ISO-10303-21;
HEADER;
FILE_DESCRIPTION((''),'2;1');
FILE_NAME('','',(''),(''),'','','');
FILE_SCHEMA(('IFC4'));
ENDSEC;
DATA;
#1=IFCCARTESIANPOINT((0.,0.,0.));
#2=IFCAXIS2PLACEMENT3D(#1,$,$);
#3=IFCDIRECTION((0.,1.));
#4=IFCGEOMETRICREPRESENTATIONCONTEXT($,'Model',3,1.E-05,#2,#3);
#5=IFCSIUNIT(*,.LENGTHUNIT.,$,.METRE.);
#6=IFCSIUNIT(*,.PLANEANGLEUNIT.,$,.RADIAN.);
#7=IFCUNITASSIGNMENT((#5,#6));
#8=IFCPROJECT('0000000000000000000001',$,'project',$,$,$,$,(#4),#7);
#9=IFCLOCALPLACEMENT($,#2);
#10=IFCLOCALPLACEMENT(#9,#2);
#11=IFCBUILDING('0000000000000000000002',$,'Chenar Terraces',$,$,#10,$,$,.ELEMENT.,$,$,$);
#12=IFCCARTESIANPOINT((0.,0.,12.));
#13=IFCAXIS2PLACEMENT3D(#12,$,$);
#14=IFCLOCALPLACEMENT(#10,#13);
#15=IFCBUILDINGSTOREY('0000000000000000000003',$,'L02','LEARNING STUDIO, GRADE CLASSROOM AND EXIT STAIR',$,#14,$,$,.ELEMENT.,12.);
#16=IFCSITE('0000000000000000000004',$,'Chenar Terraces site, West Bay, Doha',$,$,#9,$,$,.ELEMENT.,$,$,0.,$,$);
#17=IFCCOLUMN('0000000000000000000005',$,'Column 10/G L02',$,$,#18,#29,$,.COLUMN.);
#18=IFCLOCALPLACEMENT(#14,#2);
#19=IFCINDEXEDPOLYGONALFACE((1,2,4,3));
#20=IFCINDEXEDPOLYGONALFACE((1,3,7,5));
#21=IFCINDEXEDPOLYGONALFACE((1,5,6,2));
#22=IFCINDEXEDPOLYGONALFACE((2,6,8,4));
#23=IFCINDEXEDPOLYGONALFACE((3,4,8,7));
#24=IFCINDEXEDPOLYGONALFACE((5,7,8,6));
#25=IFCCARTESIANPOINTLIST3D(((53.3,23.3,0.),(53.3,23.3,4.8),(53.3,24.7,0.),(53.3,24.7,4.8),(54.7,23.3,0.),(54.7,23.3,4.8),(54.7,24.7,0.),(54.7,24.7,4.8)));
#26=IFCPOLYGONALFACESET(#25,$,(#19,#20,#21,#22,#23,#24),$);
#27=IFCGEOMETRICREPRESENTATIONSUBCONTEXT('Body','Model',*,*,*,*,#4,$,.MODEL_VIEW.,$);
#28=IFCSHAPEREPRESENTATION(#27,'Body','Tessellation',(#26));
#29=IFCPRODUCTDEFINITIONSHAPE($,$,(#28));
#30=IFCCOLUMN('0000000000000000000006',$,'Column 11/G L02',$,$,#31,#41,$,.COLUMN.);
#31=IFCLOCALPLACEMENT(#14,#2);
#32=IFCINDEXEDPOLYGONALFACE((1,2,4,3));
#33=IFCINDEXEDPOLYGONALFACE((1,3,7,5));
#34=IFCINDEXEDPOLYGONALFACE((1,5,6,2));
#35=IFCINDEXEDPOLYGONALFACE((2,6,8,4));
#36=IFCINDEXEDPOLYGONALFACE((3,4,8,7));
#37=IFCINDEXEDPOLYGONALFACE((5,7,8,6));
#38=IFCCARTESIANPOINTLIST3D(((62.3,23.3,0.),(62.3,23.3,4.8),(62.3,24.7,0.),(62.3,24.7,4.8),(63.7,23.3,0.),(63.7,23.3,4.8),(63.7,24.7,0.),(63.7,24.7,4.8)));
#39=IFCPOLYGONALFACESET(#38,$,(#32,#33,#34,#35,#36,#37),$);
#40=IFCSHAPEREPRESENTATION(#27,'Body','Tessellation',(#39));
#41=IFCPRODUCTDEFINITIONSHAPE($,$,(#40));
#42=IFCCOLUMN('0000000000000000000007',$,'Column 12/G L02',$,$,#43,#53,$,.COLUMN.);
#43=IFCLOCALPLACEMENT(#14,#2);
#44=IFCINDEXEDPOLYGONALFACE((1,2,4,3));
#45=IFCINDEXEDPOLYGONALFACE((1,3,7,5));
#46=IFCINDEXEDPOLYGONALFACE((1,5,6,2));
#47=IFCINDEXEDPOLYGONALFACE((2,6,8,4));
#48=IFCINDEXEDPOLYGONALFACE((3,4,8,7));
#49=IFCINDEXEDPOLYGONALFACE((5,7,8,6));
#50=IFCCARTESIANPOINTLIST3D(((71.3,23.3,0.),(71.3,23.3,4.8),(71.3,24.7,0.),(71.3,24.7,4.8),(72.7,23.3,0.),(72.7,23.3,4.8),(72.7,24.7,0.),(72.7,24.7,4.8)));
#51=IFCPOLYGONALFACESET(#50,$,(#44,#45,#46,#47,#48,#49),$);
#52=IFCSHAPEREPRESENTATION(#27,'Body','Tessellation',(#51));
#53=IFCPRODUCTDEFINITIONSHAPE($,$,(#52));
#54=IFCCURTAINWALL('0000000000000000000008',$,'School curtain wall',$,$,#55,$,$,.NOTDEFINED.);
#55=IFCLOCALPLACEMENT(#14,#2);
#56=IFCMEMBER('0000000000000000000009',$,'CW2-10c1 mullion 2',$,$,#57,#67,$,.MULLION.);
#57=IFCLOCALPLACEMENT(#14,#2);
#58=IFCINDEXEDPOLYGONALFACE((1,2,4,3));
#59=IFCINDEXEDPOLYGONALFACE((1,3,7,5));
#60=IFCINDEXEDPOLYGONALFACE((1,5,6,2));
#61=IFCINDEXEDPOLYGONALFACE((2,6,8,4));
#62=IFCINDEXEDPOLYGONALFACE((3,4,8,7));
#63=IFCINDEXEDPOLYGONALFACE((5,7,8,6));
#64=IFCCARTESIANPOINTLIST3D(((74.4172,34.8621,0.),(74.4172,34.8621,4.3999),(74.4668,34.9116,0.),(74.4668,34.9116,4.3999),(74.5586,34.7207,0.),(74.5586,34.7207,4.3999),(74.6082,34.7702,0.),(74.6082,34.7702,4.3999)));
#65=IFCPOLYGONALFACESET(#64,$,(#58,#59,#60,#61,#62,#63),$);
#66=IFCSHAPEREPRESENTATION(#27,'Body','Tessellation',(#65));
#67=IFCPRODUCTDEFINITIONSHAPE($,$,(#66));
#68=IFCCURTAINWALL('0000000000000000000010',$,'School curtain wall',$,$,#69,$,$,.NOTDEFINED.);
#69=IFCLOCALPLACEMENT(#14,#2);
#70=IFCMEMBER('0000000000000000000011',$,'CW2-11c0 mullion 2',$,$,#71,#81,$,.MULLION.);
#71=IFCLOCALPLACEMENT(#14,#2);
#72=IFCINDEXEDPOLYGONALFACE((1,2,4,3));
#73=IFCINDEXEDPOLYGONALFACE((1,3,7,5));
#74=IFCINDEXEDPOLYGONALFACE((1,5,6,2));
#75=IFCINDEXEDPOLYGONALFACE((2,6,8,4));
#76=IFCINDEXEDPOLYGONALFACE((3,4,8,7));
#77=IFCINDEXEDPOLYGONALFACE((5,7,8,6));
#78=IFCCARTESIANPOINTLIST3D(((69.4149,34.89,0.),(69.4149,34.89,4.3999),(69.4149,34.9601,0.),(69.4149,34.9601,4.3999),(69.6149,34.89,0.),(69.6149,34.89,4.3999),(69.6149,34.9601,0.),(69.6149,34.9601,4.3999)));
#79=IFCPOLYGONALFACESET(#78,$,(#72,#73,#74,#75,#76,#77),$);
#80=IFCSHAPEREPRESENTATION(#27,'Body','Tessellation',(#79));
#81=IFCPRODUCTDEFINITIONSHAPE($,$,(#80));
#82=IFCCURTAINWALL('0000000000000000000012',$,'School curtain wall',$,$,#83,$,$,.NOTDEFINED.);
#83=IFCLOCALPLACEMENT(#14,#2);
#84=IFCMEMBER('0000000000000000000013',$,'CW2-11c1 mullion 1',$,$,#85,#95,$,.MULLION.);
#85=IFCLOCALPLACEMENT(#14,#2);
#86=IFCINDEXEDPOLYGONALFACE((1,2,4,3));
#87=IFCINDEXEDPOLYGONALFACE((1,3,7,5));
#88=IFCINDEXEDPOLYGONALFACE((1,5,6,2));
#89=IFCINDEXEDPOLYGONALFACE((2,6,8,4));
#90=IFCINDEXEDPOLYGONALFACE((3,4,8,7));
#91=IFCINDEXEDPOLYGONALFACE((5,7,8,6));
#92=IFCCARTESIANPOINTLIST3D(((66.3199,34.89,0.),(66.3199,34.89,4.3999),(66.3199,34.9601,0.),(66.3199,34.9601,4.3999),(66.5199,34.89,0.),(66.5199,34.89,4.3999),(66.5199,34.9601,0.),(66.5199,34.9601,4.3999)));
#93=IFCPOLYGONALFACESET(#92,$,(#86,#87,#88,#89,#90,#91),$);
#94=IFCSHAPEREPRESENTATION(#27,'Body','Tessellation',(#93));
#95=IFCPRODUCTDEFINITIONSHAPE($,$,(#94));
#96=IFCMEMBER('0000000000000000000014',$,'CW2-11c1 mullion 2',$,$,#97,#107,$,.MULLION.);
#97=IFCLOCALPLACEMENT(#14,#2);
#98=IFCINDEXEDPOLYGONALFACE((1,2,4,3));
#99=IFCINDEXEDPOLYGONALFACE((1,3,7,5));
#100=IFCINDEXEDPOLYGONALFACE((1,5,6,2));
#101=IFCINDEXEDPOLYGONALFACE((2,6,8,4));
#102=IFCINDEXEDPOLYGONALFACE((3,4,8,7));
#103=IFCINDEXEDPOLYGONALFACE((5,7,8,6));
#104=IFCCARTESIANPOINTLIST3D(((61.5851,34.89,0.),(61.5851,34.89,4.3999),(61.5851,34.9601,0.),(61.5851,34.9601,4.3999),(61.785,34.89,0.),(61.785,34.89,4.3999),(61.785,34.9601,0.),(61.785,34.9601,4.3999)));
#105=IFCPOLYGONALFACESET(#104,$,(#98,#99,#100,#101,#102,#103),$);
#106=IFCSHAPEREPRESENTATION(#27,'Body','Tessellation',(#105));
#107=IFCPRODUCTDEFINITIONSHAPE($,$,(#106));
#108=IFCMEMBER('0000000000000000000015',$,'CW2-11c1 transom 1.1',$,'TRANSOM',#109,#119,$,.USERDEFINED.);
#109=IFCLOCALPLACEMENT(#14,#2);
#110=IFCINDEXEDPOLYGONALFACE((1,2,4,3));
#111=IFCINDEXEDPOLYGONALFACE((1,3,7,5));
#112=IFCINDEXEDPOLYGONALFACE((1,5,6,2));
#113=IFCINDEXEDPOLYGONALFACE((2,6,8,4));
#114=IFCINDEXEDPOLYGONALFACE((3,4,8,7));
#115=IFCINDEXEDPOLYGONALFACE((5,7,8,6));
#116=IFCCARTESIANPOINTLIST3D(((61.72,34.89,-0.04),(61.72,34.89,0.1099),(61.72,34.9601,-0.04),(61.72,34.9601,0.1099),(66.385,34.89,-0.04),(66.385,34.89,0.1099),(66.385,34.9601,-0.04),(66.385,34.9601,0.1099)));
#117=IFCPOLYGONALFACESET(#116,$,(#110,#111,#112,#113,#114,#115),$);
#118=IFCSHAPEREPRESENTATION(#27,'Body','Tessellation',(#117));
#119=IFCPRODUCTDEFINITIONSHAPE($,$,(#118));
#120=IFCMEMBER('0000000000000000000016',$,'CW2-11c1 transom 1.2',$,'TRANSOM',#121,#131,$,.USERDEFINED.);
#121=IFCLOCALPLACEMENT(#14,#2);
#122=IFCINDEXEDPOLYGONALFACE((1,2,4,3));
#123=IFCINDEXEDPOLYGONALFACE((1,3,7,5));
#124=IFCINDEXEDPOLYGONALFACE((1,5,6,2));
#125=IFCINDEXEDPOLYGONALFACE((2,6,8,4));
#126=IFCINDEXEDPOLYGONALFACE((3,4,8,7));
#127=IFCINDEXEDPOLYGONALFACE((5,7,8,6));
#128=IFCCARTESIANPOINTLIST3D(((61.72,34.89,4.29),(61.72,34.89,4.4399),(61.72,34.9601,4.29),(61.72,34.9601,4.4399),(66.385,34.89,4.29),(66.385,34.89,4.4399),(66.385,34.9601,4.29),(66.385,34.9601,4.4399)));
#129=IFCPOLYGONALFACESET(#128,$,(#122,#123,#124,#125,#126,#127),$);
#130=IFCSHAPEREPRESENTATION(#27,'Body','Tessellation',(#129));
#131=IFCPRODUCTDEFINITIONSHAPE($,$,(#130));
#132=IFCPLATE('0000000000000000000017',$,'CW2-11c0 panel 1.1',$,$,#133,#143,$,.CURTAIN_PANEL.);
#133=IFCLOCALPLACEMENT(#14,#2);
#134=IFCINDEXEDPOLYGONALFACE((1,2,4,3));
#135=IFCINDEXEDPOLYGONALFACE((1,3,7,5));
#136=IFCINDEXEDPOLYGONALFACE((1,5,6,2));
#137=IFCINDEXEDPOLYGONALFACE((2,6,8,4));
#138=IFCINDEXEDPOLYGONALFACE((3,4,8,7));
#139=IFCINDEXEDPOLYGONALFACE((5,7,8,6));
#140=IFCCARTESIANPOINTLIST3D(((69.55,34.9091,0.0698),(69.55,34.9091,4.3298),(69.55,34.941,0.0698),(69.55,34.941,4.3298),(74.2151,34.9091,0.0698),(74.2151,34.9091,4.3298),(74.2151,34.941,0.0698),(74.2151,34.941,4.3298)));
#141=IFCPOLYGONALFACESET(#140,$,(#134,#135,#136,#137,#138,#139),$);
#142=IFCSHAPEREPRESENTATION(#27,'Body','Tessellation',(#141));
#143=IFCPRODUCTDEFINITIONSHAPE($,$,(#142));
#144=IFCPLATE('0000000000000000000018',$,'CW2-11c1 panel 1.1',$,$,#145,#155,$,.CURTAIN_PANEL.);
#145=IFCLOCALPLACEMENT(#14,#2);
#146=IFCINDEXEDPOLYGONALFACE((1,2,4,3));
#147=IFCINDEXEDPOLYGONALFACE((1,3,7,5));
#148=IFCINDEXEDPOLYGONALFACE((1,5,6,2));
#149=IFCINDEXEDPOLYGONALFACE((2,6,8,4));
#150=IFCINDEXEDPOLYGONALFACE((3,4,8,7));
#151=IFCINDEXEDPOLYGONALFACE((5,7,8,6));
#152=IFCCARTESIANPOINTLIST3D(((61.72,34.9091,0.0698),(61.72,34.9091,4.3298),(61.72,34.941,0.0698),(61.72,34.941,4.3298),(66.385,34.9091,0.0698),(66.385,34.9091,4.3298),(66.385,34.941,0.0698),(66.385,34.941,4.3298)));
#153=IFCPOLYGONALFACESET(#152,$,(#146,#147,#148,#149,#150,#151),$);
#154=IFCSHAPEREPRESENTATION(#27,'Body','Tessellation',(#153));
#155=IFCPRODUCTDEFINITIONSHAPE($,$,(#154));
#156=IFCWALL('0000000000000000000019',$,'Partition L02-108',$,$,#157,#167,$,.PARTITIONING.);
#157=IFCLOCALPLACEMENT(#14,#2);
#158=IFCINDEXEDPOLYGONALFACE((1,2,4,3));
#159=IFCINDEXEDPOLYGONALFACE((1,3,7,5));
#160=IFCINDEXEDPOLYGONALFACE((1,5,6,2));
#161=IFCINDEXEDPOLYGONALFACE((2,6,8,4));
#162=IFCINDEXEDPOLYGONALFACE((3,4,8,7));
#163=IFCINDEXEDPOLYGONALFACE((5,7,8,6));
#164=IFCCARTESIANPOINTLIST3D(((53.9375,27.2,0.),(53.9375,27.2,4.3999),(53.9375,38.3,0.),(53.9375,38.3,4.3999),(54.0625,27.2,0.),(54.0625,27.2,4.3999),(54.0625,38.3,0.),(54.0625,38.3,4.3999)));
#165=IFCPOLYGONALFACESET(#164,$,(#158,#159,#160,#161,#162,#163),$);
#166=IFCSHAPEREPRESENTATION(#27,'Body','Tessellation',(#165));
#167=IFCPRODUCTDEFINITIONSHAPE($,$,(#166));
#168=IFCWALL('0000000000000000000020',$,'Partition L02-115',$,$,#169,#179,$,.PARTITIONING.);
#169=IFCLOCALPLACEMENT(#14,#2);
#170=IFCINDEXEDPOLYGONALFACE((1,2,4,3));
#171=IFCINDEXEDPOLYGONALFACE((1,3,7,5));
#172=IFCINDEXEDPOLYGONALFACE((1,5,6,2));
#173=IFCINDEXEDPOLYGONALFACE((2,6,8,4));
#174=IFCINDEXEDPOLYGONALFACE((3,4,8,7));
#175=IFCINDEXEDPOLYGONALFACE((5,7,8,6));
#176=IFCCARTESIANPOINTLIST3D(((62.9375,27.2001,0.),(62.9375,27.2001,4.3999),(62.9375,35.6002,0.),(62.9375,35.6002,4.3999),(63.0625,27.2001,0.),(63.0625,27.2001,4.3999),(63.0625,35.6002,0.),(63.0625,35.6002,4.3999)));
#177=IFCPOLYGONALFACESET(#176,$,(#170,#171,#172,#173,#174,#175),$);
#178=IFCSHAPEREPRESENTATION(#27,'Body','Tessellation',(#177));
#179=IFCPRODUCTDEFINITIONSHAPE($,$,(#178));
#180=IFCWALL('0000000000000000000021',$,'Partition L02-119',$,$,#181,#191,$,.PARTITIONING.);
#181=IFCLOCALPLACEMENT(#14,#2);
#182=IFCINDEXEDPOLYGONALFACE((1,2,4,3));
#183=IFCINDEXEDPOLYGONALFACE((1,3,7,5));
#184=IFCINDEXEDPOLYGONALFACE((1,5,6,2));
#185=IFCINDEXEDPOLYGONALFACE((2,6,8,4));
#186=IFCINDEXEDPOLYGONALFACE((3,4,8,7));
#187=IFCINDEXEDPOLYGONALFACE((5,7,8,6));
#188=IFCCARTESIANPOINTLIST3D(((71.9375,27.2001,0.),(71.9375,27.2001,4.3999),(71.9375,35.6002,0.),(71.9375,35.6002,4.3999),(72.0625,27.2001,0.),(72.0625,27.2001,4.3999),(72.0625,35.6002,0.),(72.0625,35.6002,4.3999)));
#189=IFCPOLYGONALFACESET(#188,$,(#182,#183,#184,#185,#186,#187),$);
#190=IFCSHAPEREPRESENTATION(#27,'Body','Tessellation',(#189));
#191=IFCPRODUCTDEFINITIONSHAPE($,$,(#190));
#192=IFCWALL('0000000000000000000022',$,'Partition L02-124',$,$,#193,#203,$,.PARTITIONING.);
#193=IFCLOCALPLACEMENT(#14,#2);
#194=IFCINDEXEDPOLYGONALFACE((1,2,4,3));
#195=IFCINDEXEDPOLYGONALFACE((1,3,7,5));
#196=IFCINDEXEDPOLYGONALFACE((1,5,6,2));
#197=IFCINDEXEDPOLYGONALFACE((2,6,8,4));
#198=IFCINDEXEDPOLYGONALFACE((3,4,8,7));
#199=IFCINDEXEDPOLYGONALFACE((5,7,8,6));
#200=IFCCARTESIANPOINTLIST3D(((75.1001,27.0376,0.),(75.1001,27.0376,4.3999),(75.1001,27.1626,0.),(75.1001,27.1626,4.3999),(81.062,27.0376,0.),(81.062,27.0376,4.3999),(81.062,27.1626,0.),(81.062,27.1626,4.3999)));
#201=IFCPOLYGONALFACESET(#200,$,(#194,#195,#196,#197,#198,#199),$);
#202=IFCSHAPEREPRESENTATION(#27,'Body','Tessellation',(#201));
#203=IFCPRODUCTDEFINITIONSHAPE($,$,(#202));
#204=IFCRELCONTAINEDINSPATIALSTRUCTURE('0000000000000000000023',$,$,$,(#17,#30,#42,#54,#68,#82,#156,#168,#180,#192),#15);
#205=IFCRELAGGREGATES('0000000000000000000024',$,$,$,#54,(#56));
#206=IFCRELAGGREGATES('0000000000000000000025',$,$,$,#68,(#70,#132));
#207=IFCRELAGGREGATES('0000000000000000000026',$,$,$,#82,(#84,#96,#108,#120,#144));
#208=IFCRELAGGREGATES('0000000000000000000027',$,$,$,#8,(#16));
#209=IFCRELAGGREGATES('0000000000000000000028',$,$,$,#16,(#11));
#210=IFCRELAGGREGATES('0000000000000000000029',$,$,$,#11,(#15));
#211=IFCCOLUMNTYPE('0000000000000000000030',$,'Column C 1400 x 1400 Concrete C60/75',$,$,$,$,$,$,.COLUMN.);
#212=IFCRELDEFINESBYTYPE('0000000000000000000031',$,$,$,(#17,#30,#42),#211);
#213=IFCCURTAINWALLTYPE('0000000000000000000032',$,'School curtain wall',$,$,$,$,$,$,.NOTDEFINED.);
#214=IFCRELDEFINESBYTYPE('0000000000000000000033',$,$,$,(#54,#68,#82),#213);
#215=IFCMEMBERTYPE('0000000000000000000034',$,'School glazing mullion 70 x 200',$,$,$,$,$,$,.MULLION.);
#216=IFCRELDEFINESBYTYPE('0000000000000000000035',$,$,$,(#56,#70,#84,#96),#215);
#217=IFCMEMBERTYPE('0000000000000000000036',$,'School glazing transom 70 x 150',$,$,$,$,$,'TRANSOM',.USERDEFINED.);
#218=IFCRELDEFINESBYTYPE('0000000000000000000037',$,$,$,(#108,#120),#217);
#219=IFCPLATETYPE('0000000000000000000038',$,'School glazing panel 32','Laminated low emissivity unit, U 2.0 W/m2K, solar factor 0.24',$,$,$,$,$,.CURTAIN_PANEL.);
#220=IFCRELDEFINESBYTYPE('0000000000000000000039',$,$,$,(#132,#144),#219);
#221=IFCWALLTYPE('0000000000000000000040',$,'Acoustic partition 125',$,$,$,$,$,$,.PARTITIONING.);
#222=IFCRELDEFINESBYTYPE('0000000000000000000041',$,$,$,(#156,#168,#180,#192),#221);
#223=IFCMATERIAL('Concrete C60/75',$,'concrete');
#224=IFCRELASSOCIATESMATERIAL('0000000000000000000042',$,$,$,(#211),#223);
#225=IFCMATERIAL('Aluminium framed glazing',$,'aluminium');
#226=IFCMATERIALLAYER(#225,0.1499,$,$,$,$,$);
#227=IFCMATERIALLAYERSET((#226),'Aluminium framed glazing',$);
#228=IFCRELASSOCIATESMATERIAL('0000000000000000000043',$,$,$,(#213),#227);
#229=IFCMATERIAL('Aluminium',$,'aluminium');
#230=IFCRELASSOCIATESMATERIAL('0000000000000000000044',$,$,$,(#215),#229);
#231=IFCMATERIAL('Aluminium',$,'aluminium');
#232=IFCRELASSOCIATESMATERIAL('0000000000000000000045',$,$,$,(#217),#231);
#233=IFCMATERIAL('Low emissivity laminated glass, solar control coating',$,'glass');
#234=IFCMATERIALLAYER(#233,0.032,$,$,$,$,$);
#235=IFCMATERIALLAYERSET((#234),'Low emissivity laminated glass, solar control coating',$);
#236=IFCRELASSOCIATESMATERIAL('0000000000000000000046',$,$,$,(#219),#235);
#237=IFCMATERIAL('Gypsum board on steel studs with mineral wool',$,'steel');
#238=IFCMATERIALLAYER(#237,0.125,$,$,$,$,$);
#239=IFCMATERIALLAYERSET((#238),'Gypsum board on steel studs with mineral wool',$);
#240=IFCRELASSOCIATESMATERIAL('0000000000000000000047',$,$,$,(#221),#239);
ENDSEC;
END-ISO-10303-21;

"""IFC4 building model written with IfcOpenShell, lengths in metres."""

from ifc_helpers import new_model, si_unit, direction, frame, frame_2d, origin, origin_2d, place, context, subcontext, project, spatial, rectangle, extrude, material, layer, layer_set, material_profile, profile_set, type_object, element, aggregate, save


model = new_model("IFC4")

# Units and contexts
model_context = context("Model", 3, precision=1e-05, world=origin(), true_north=direction((0.0, 1.0)))
body_context = subcontext(model_context, "Body", "Model", "MODEL_VIEW")
ifc_project = project(units=[si_unit("LENGTHUNIT", "METRE"), si_unit("PLANEANGLEUNIT", "RADIAN")], contexts=[model_context])

# Site, building, storey
site_placement = place(None, origin())
site = spatial("IfcSite", under=ifc_project, at=site_placement, Name="Chenar Terraces site, West Bay, Doha", CompositionType="ELEMENT", RefElevation=0.0)
building_placement = place(site_placement, origin())
building = spatial("IfcBuilding", under=site, at=building_placement, Name="Chenar Terraces", CompositionType="ELEMENT")
storey_placement = place(building_placement, frame((0.0, 0.0, 12.0)))
storey = spatial("IfcBuildingStorey", under=building, at=storey_placement, Name="L02", Description="LEARNING STUDIO, GRADE CLASSROOM AND EXIT STAIR", CompositionType="ELEMENT", Elevation=12.0)

# Columns
ifc_material_1 = material(Name="Concrete C60/75", Category="concrete")
ifc_material_profile_1 = material_profile(ifc_material_1, rectangle(XDim=1.3999, YDim=1.3999, at=origin_2d()), Name="C 1400 x 1400")
ifc_profile_set_1 = profile_set([ifc_material_profile_1], Name="Concrete C60/75")
column_type = type_object("IfcColumnType", Name="Column C 1400 x 1400 Concrete C60/75", PredefinedType="COLUMN", material=ifc_profile_set_1)
for number, where, z_axis, x_axis, name in (
    (1, (54.0, 24.0, 0.0), (0.0, 0.0, 1.0), (1.0, 0.0, 0.0), "Column 10/G L02"),
    (2, (63.0, 24.0, 0.0), (0.0, 0.0, 1.0), (1.0, 0.0, 0.0), "Column 11/G L02"),
    (3, (72.0, 24.0, 0.0), (0.0, 0.0, 1.0), (1.0, 0.0, 0.0), "Column 12/G L02"),
):
    element("IfcColumn", number, at=place(storey_placement, frame(where, z_axis=z_axis, x_axis=x_axis)), inside=storey, type_object=column_type, Name=name, PredefinedType="COLUMN", context=body_context, shape_type="SweptSolid", body=[
        extrude(rectangle(XDim=1.3999, YDim=1.3999, at=origin_2d()), origin(), (0.0, 0.0, 1.0), 4.8),
    ])

# Curtain walls, members
ifc_material_2 = material(Name="Aluminium framed glazing", Category="aluminium")
ifc_layer_1 = layer(ifc_material_2, 0.1499)
ifc_layer_set_1 = layer_set([ifc_layer_1], Name="Aluminium framed glazing")
curtain_wall_type = type_object("IfcCurtainWallType", Name="School curtain wall", PredefinedType="NOTDEFINED", material=ifc_layer_set_1)
placement = place(storey_placement, origin())
curtain_wall_1 = element("IfcCurtainWall", 4, at=placement, inside=storey, type_object=curtain_wall_type, Name="School curtain wall", PredefinedType="NOTDEFINED")
ifc_material_3 = material(Name="Aluminium", Category="aluminium")
ifc_material_profile_2 = material_profile(ifc_material_3, rectangle(XDim=0.0701, YDim=0.2, at=origin_2d()), Name="School glazing mullion 70 x 200")
ifc_profile_set_2 = profile_set([ifc_material_profile_2], Name="Aluminium")
member_type_1 = type_object("IfcMemberType", Name="School glazing mullion 70 x 200", PredefinedType="MULLION", material=ifc_profile_set_2)
member_1_placement = place(storey_placement, frame((74.5127, 34.8162, 0.0), z_axis=(0.0, 0.0, 1.0), x_axis=(-0.707107, -0.707107, 0.0)))
member_1 = element("IfcMember", 5, at=member_1_placement, type_object=member_type_1, Name="CW2-10c1 mullion 2", PredefinedType="MULLION", context=body_context, shape_type="SweptSolid", body=[
    extrude(rectangle(XDim=0.0701, YDim=0.2, at=origin_2d()), origin(), (0.0, 0.0, 1.0), 4.3999),
])
aggregate(curtain_wall_1, [member_1])
curtain_wall_2 = element("IfcCurtainWall", 6, at=placement, inside=storey, type_object=curtain_wall_type, Name="School curtain wall", PredefinedType="NOTDEFINED")
member_2_placement = place(storey_placement, frame((69.5149, 34.925, 0.0), z_axis=(0.0, 0.0, 1.0), x_axis=(0.0, -1.0, 0.0)))
member_2 = element("IfcMember", 7, at=member_2_placement, type_object=member_type_1, Name="CW2-11c0 mullion 2", PredefinedType="MULLION", context=body_context, shape_type="SweptSolid", body=[
    extrude(rectangle(XDim=0.0701, YDim=0.2, at=origin_2d()), origin(), (0.0, 0.0, 1.0), 4.3999),
])

# Curtain wall, members
curtain_wall_3 = element("IfcCurtainWall", 8, at=placement, inside=storey, type_object=curtain_wall_type, Name="School curtain wall", PredefinedType="NOTDEFINED")
member_3_placement = place(storey_placement, frame((66.4199, 34.925, 0.0), z_axis=(0.0, 0.0, 1.0), x_axis=(0.0, -1.0, 0.0)))
member_3 = element("IfcMember", 9, at=member_3_placement, type_object=member_type_1, Name="CW2-11c1 mullion 1", PredefinedType="MULLION", context=body_context, shape_type="SweptSolid", body=[
    extrude(rectangle(XDim=0.0701, YDim=0.2, at=origin_2d()), origin(), (0.0, 0.0, 1.0), 4.3999),
])
member_4_placement = place(storey_placement, frame((61.6851, 34.925, 0.0), z_axis=(0.0, 0.0, 1.0), x_axis=(0.0, -1.0, 0.0)))
member_4 = element("IfcMember", 10, at=member_4_placement, type_object=member_type_1, Name="CW2-11c1 mullion 2", PredefinedType="MULLION", context=body_context, shape_type="SweptSolid", body=[
    extrude(rectangle(XDim=0.0701, YDim=0.2, at=origin_2d()), origin(), (0.0, 0.0, 1.0), 4.3999),
])
ifc_material_4 = material(Name="Aluminium", Category="aluminium")
ifc_material_profile_3 = material_profile(ifc_material_4, rectangle(XDim=0.0701, YDim=0.1499, at=origin_2d()), Name="School glazing transom 70 x 150")
ifc_profile_set_3 = profile_set([ifc_material_profile_3], Name="Aluminium")
member_type_2 = type_object("IfcMemberType", Name="School glazing transom 70 x 150", ElementType="TRANSOM", PredefinedType="USERDEFINED", material=ifc_profile_set_3)
member_5_placement = place(storey_placement, frame((66.385, 34.925, 0.0349), z_axis=(-1.0, 0.0, 0.0), x_axis=(0.0, -1.0, 0.0)))
member_5 = element("IfcMember", 11, at=member_5_placement, type_object=member_type_2, Name="CW2-11c1 transom 1.1", ObjectType="TRANSOM", PredefinedType="USERDEFINED", context=body_context, shape_type="SweptSolid", body=[
    extrude(rectangle(XDim=0.0701, YDim=0.1499, at=origin_2d()), origin(), (0.0, 0.0, 1.0), 4.665),
])
member_6_placement = place(storey_placement, frame((66.385, 34.925, 4.365), z_axis=(-1.0, 0.0, 0.0), x_axis=(0.0, -1.0, 0.0)))
member_6 = element("IfcMember", 12, at=member_6_placement, type_object=member_type_2, Name="CW2-11c1 transom 1.2", ObjectType="TRANSOM", PredefinedType="USERDEFINED", context=body_context, shape_type="SweptSolid", body=[
    extrude(rectangle(XDim=0.0701, YDim=0.1499, at=origin_2d()), origin(), (0.0, 0.0, 1.0), 4.665),
])

# Plates
ifc_material_5 = material(Name="Low emissivity laminated glass, solar control coating", Category="glass")
ifc_layer_2 = layer(ifc_material_5, 0.032)
ifc_layer_set_2 = layer_set([ifc_layer_2], Name="Low emissivity laminated glass, solar control coating")
plate_type = type_object("IfcPlateType", Name="School glazing panel 32", Description="Laminated low emissivity unit, U 2.0 W/m2K, solar factor 0.24", PredefinedType="CURTAIN_PANEL", material=ifc_layer_set_2)
plate_1_placement = place(storey_placement, frame((71.8826, 34.925, 0.0698), z_axis=(0.0, 0.0, 1.0), x_axis=(-1.0, 0.0, 0.0)))
plate_1 = element("IfcPlate", 13, at=plate_1_placement, type_object=plate_type, Name="CW2-11c0 panel 1.1", PredefinedType="CURTAIN_PANEL", context=body_context, shape_type="SweptSolid", body=[
    extrude(rectangle(XDim=4.665, YDim=0.032, at=origin_2d()), origin(), (0.0, 0.0, 1.0), 4.26),
])
aggregate(curtain_wall_2, [member_2, plate_1])
plate_2_placement = place(storey_placement, frame((64.0525, 34.925, 0.0698), z_axis=(0.0, 0.0, 1.0), x_axis=(-1.0, 0.0, 0.0)))
plate_2 = element("IfcPlate", 14, at=plate_2_placement, type_object=plate_type, Name="CW2-11c1 panel 1.1", PredefinedType="CURTAIN_PANEL", context=body_context, shape_type="SweptSolid", body=[
    extrude(rectangle(XDim=4.665, YDim=0.032, at=origin_2d()), origin(), (0.0, 0.0, 1.0), 4.26),
])
aggregate(curtain_wall_3, [member_3, member_4, member_5, member_6, plate_2])

# Walls
ifc_material_6 = material(Name="Gypsum board on steel studs with mineral wool", Category="steel")
ifc_layer_3 = layer(ifc_material_6, 0.125)
ifc_layer_set_3 = layer_set([ifc_layer_3], Name="Gypsum board on steel studs with mineral wool")
wall_type_1 = type_object("IfcWallType", Name="Acoustic partition 125", PredefinedType="PARTITIONING", material=ifc_layer_set_3)
wall_1_placement = place(storey_placement, frame((54.0, 27.2, 0.0), z_axis=(0.0, 0.0, 1.0), x_axis=(0.0, 1.0, 0.0)))
element("IfcWall", 15, at=wall_1_placement, inside=storey, type_object=wall_type_1, Name="Partition L02-108", PredefinedType="PARTITIONING", context=body_context, shape_type="SweptSolid", body=[
    extrude(rectangle(XDim=11.1001, YDim=0.125, at=frame_2d((5.55, 0.0))), origin(), (0.0, 0.0, 1.0), 4.3999),
])
for number, where, z_axis, x_axis, name in (
    (16, (63.0, 27.2, 0.0), (0.0, 0.0, 1.0), (0.0, 1.0, 0.0), "Partition L02-115"),
    (17, (72.0, 27.2, 0.0), (0.0, 0.0, 1.0), (0.0, 1.0, 0.0), "Partition L02-119"),
):
    element("IfcWall", number, at=place(storey_placement, frame(where, z_axis=z_axis, x_axis=x_axis)), inside=storey, type_object=wall_type_1, Name=name, PredefinedType="PARTITIONING", context=body_context, shape_type="SweptSolid", body=[
        extrude(rectangle(XDim=8.4001, YDim=0.125, at=frame_2d((4.2002, 0.0))), origin(), (0.0, 0.0, 1.0), 4.3999),
    ])
wall_2_placement = place(storey_placement, frame((75.1001, 27.1001, 0.0), z_axis=(0.0, 0.0, 1.0), x_axis=(1.0, 0.0, 0.0)))
element("IfcWall", 18, at=wall_2_placement, inside=storey, type_object=wall_type_1, Name="Partition L02-124", PredefinedType="PARTITIONING", context=body_context, shape_type="SweptSolid", body=[
    extrude(rectangle(XDim=5.9619, YDim=0.125, at=frame_2d((2.981, 0.0))), origin(), (0.0, 0.0, 1.0), 4.3999),
])

save(model, "model.ifc")
